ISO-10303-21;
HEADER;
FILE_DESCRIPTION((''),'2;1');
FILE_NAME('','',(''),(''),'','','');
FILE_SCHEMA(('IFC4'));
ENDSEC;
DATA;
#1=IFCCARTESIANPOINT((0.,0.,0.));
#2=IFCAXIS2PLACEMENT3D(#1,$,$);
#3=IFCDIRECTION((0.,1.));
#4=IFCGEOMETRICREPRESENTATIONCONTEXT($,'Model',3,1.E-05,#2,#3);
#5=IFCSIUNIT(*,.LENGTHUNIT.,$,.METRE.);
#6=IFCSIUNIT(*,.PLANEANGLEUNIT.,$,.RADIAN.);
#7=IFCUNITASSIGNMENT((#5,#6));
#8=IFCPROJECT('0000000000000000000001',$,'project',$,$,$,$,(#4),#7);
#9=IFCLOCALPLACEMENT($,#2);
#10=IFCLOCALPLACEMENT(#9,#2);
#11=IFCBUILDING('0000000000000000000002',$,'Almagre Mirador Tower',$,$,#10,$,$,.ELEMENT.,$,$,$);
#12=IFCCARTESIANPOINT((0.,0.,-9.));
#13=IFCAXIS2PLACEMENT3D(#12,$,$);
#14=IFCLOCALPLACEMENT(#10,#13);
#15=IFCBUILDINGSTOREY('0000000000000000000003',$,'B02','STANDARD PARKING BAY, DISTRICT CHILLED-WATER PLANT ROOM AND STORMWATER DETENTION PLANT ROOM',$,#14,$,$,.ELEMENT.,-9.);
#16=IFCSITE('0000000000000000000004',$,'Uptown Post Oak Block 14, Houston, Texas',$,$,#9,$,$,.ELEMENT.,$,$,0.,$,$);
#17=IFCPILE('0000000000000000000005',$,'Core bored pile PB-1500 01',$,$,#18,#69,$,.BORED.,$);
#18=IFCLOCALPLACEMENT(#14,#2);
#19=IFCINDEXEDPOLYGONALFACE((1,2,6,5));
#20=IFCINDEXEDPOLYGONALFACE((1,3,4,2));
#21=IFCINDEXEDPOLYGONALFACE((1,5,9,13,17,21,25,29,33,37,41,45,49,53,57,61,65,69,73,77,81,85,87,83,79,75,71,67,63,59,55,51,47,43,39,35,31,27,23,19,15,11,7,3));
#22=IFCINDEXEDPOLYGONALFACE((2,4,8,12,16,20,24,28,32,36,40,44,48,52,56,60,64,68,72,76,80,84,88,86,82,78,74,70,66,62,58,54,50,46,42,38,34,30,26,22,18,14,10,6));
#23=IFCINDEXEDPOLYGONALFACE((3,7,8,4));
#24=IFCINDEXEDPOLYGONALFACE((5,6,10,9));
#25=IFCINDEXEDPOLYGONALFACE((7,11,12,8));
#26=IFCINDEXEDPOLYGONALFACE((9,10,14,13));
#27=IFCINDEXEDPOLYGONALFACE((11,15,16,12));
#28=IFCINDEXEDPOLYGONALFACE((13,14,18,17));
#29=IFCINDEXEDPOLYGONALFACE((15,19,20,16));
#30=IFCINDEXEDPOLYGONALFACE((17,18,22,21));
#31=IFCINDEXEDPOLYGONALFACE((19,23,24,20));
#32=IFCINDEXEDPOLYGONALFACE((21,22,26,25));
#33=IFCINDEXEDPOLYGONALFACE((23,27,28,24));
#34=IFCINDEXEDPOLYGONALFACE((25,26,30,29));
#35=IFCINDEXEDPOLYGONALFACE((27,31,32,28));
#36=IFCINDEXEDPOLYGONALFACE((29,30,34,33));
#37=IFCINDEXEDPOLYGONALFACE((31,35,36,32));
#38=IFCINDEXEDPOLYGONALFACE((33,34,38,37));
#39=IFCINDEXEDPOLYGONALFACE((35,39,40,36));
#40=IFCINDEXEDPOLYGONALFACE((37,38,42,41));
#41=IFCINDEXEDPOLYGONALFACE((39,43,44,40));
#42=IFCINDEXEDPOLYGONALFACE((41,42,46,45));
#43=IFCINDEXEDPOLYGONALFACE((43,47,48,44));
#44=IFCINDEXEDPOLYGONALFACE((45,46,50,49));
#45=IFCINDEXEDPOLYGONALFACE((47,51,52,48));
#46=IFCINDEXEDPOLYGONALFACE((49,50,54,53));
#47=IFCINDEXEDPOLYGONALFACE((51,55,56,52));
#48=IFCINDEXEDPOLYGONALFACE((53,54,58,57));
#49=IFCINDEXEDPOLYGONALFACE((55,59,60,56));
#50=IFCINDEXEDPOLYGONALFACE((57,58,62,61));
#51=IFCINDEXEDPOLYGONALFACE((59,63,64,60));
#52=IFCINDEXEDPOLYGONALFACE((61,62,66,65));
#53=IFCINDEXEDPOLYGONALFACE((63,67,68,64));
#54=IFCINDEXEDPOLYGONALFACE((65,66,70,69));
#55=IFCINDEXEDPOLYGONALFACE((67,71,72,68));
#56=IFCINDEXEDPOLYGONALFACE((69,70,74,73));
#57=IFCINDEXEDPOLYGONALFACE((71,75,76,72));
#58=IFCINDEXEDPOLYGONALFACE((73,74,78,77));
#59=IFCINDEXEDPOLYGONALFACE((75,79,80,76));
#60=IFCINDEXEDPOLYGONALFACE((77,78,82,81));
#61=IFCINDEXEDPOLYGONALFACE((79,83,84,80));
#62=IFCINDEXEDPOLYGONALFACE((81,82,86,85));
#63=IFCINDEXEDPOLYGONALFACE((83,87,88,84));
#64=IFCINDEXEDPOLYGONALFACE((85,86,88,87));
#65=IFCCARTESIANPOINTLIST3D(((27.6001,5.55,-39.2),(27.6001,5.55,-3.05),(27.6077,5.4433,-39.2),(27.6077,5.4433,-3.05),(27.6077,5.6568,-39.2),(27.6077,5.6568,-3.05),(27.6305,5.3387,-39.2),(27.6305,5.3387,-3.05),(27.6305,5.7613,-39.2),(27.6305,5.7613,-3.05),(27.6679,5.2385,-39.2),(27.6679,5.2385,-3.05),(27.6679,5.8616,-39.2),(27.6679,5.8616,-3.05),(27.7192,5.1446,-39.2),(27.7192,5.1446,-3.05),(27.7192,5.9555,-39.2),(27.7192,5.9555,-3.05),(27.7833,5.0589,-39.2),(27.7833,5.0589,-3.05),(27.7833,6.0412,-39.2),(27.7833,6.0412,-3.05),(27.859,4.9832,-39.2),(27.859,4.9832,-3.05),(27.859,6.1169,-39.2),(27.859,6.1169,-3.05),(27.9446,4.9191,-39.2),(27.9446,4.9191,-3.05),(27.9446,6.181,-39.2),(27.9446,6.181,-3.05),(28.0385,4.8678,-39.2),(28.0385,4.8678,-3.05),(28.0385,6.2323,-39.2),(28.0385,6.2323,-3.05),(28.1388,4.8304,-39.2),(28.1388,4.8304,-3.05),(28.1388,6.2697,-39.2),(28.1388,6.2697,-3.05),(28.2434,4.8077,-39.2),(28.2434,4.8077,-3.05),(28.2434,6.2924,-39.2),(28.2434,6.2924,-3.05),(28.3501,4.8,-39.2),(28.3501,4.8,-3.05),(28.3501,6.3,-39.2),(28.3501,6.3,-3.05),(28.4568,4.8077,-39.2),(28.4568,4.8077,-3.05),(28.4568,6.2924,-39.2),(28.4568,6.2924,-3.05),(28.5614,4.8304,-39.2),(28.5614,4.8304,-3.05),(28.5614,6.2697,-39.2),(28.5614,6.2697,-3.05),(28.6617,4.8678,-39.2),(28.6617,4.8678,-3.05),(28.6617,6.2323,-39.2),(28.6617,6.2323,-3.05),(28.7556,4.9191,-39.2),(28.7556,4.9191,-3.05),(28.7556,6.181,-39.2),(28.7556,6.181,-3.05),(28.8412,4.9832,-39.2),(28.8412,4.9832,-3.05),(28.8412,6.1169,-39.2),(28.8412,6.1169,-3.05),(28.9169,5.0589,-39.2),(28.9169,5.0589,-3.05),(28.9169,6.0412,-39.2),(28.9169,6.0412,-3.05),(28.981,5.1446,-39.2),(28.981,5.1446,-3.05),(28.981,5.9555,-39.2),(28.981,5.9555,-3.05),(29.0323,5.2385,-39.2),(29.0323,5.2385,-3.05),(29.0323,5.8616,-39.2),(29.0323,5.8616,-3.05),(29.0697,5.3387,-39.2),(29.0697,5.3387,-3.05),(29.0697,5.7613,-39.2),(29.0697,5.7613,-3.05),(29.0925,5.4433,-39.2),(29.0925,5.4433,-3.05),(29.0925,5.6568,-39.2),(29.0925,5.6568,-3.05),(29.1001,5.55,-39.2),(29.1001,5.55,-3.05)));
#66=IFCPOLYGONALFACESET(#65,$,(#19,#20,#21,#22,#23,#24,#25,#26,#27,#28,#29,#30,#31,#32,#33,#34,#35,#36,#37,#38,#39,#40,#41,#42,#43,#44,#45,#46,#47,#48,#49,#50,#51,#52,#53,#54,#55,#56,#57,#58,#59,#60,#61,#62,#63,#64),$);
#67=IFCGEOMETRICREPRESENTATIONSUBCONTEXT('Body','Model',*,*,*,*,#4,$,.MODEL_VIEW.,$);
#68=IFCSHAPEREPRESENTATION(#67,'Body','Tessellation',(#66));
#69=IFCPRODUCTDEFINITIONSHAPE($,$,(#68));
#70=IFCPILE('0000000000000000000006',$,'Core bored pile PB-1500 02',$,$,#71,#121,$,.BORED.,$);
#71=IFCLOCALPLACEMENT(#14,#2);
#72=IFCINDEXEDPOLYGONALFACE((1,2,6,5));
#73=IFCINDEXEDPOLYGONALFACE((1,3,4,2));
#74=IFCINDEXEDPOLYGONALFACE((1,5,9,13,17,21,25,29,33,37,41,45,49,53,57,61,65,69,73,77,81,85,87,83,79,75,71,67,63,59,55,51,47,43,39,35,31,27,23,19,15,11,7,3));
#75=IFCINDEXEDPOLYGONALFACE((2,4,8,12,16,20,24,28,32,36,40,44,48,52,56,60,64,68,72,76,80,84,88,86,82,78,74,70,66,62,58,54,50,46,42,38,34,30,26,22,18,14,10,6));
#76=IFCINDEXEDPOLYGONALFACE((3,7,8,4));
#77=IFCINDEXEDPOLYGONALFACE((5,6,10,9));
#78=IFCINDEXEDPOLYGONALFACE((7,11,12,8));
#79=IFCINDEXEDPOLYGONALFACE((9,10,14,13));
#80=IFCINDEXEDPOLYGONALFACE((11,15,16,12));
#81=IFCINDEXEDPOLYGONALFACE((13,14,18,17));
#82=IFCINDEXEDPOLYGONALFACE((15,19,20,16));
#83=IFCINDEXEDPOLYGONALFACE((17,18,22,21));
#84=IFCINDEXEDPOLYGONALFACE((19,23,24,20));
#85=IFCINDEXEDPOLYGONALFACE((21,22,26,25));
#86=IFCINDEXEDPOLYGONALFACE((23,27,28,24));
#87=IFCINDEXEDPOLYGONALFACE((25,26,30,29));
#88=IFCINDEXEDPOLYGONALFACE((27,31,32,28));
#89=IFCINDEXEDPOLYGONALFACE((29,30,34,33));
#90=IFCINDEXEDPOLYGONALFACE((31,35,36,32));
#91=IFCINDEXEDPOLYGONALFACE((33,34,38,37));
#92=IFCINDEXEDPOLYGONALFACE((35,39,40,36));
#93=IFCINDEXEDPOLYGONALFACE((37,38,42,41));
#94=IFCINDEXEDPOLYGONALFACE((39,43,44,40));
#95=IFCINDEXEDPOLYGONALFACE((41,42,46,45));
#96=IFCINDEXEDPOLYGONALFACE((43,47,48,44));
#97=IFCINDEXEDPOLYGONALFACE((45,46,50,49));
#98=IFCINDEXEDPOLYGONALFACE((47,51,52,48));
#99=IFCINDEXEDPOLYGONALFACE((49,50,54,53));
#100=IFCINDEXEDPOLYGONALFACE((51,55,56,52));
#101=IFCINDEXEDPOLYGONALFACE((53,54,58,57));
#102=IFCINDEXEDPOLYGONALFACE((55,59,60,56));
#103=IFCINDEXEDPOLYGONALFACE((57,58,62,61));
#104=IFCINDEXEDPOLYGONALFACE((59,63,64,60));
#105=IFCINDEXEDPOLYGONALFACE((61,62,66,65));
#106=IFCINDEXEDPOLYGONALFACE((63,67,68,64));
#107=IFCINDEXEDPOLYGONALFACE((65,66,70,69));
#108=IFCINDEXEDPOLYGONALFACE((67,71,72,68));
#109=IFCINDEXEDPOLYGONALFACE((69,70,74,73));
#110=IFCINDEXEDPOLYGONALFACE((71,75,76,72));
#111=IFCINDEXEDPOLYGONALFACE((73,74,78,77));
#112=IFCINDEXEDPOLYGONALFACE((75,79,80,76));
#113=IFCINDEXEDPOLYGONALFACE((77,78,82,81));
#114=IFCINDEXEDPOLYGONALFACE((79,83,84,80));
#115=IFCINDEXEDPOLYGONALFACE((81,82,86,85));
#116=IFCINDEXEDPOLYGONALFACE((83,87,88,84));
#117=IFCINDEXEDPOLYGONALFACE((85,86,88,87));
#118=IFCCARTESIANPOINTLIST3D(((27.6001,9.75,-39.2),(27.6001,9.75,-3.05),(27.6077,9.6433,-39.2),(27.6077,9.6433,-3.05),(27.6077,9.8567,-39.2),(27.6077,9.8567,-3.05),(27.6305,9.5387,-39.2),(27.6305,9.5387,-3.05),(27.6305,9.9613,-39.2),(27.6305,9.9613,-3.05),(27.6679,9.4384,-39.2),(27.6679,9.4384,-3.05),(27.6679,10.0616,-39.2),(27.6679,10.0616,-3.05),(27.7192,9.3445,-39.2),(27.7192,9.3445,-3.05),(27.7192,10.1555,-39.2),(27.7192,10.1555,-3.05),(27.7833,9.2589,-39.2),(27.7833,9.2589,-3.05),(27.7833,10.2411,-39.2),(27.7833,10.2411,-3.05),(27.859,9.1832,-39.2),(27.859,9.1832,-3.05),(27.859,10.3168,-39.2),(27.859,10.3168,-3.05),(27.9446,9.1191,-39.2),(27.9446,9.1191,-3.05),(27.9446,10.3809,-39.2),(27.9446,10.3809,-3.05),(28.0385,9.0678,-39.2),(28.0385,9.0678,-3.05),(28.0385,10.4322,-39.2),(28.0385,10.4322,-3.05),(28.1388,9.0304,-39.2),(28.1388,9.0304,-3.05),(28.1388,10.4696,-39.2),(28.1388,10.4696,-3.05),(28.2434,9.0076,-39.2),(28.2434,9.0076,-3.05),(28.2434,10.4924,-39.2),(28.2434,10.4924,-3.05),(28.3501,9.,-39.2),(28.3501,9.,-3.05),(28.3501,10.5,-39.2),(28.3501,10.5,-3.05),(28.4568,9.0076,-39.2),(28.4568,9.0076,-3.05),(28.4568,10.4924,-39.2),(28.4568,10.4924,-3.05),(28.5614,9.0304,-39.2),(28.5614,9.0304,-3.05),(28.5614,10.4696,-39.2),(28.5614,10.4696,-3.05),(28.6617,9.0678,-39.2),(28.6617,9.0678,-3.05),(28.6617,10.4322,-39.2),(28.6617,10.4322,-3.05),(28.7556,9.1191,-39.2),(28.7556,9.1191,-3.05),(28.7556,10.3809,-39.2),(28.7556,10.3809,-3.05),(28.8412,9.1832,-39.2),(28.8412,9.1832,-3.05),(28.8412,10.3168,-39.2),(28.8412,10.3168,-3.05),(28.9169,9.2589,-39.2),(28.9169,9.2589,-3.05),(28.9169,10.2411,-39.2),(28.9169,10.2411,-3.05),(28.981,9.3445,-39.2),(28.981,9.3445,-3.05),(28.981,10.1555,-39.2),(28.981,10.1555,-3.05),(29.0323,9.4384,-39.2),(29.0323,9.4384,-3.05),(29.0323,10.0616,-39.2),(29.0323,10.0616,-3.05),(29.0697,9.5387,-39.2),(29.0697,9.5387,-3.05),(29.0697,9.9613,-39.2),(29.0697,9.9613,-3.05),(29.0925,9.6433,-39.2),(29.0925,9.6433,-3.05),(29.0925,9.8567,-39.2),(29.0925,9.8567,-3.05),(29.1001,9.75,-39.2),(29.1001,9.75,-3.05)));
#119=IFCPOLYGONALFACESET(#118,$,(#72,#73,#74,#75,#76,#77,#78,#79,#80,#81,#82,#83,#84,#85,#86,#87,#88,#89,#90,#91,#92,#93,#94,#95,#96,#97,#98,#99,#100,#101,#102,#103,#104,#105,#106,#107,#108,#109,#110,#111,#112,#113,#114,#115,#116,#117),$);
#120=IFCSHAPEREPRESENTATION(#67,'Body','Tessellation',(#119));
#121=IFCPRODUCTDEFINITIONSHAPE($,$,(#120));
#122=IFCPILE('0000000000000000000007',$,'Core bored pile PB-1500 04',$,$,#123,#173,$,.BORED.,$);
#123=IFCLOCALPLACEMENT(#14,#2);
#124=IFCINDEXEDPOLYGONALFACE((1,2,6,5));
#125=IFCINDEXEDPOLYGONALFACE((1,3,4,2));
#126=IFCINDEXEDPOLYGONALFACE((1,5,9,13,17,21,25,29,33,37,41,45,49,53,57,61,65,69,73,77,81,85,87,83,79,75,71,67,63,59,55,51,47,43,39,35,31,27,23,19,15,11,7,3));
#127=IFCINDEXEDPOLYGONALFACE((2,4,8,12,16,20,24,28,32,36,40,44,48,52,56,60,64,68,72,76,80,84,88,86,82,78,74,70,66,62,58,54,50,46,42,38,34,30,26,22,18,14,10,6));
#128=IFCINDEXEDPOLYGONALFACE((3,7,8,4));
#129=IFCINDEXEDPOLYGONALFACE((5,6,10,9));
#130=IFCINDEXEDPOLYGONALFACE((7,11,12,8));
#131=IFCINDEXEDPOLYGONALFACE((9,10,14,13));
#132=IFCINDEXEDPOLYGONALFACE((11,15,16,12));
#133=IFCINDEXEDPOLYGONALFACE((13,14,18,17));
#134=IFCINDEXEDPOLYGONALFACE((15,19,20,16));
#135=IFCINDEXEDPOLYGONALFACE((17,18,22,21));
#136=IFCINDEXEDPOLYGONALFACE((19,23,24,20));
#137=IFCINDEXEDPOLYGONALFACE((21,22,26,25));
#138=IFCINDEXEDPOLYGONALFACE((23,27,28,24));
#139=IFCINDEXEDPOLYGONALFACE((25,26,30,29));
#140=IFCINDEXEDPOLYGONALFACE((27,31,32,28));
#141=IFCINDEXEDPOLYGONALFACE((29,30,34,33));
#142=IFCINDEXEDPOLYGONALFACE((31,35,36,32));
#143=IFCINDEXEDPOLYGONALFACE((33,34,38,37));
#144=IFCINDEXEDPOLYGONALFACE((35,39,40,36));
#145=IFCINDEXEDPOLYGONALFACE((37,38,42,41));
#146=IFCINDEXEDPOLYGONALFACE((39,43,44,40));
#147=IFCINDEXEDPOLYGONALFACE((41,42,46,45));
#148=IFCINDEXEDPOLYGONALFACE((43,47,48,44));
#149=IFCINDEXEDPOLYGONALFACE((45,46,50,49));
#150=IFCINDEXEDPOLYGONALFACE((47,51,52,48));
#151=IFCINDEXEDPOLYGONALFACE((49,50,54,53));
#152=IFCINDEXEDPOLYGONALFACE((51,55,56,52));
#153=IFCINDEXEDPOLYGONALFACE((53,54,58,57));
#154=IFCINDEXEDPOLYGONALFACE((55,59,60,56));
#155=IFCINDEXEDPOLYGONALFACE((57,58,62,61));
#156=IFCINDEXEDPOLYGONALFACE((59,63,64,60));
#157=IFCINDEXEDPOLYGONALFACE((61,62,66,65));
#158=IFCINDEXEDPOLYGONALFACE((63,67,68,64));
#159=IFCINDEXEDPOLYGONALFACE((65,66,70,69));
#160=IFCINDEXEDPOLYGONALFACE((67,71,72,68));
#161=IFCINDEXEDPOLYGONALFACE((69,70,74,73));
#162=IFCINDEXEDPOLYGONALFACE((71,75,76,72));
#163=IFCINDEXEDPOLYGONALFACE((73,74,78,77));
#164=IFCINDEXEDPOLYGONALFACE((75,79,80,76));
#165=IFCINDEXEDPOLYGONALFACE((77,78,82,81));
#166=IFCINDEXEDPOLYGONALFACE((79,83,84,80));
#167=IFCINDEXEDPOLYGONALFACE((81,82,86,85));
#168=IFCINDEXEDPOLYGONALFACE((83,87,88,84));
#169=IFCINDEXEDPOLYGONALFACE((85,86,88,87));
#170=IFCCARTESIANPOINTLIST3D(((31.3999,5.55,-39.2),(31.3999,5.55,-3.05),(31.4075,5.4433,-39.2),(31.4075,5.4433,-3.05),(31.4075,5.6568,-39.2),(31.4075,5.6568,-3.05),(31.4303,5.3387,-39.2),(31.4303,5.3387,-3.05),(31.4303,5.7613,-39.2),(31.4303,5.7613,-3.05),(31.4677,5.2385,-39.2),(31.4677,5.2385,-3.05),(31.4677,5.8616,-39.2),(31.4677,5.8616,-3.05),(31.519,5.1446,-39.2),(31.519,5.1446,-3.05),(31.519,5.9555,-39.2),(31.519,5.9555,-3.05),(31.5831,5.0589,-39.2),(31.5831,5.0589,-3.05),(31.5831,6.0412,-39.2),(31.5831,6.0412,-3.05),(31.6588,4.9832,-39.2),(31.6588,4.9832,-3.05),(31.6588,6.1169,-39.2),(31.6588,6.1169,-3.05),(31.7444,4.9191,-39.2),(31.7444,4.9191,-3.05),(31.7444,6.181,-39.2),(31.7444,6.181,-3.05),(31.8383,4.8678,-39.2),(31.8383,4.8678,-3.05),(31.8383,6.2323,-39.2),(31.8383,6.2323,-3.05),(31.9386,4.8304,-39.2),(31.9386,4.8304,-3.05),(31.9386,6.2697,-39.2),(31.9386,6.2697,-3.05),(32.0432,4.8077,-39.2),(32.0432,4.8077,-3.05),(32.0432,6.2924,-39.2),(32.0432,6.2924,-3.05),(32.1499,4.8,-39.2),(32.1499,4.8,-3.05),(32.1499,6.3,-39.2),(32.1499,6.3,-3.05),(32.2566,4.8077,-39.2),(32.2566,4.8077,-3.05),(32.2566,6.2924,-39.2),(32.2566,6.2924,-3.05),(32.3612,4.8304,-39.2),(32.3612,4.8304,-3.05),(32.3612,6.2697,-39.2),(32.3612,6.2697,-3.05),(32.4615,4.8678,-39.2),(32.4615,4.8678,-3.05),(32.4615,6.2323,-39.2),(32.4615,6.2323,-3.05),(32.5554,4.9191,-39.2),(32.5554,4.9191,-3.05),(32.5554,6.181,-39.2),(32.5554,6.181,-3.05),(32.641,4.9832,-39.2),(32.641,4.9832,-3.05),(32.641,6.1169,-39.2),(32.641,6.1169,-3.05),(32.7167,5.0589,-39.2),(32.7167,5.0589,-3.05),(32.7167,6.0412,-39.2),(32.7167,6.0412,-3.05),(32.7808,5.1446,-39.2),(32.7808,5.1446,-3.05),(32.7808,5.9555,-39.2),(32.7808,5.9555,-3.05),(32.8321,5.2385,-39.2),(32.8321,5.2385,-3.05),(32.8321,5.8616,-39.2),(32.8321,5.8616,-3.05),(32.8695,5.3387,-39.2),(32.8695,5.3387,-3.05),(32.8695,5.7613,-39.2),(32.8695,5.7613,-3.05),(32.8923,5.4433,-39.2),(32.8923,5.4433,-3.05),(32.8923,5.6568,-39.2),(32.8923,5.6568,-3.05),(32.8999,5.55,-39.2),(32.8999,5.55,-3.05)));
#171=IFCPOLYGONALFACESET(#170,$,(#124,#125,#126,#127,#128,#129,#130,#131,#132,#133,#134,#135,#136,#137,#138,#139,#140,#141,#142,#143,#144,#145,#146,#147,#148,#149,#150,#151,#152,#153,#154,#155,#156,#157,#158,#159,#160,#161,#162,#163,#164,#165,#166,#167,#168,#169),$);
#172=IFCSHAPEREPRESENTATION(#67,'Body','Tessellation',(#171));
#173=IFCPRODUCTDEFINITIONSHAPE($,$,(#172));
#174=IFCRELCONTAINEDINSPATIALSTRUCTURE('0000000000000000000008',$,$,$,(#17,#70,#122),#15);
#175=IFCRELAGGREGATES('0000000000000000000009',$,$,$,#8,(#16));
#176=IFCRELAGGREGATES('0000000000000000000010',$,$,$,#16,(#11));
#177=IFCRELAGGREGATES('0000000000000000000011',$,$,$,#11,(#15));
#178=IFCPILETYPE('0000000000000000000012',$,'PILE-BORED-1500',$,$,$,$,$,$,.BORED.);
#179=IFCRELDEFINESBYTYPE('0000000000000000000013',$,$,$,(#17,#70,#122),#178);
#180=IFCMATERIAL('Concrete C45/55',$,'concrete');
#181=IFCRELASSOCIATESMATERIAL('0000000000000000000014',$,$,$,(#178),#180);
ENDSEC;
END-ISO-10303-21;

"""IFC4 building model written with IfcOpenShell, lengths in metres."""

from ifc_helpers import new_model, si_unit, direction, frame, origin, origin_2d, place, context, subcontext, project, spatial, circle, extrude, material, material_profile, profile_set, type_object, element, save


model = new_model("IFC4")

# Units and contexts
model_context = context("Model", 3, precision=1e-05, world=origin(), true_north=direction((0.0, 1.0)))
body_context = subcontext(model_context, "Body", "Model", "MODEL_VIEW")
ifc_project = project(units=[si_unit("LENGTHUNIT", "METRE"), si_unit("PLANEANGLEUNIT", "RADIAN")], contexts=[model_context])

# Site, building, storey
site_placement = place(None, origin())
site = spatial("IfcSite", under=ifc_project, at=site_placement, Name="Uptown Post Oak Block 14, Houston, Texas", CompositionType="ELEMENT", RefElevation=0.0)
building_placement = place(site_placement, origin())
building = spatial("IfcBuilding", under=site, at=building_placement, Name="Almagre Mirador Tower", CompositionType="ELEMENT")
storey_placement = place(building_placement, frame((0.0, 0.0, -9.0)))
storey = spatial("IfcBuildingStorey", under=building, at=storey_placement, Name="B02", Description="STANDARD PARKING BAY, DISTRICT CHILLED-WATER PLANT ROOM AND STORMWATER DETENTION PLANT ROOM", CompositionType="ELEMENT", Elevation=-9.0)

# Piles
ifc_material_1 = material(Name="Concrete C45/55", Category="concrete")
ifc_material_profile_1 = material_profile(ifc_material_1, circle(Radius=0.75, at=origin_2d()), Name="PILE1500D")
ifc_profile_set_1 = profile_set([ifc_material_profile_1], Name="Concrete C45/55")
pile_type = type_object("IfcPileType", Name="PILE-BORED-1500", PredefinedType="BORED", material=ifc_profile_set_1)
for number, where, z_axis, x_axis, name in (
    (1, (28.3501, 5.55, -3.05), (0.0, 0.0, -1.0), (1.0, 0.0, 0.0), "Core bored pile PB-1500 01"),
    (2, (28.3501, 9.75, -3.05), (0.0, 0.0, -1.0), (1.0, 0.0, 0.0), "Core bored pile PB-1500 02"),
    (3, (32.1499, 5.55, -3.05), (0.0, 0.0, -1.0), (1.0, 0.0, 0.0), "Core bored pile PB-1500 04"),
):
    element("IfcPile", number, at=place(storey_placement, frame(where, z_axis=z_axis, x_axis=x_axis)), inside=storey, type_object=pile_type, Name=name, PredefinedType="BORED", context=body_context, shape_type="SweptSolid", body=[
        extrude(circle(Radius=0.75, at=origin_2d()), origin(), (0.0, 0.0, 1.0), 36.1499),
    ])

save(model, "model.ifc")
